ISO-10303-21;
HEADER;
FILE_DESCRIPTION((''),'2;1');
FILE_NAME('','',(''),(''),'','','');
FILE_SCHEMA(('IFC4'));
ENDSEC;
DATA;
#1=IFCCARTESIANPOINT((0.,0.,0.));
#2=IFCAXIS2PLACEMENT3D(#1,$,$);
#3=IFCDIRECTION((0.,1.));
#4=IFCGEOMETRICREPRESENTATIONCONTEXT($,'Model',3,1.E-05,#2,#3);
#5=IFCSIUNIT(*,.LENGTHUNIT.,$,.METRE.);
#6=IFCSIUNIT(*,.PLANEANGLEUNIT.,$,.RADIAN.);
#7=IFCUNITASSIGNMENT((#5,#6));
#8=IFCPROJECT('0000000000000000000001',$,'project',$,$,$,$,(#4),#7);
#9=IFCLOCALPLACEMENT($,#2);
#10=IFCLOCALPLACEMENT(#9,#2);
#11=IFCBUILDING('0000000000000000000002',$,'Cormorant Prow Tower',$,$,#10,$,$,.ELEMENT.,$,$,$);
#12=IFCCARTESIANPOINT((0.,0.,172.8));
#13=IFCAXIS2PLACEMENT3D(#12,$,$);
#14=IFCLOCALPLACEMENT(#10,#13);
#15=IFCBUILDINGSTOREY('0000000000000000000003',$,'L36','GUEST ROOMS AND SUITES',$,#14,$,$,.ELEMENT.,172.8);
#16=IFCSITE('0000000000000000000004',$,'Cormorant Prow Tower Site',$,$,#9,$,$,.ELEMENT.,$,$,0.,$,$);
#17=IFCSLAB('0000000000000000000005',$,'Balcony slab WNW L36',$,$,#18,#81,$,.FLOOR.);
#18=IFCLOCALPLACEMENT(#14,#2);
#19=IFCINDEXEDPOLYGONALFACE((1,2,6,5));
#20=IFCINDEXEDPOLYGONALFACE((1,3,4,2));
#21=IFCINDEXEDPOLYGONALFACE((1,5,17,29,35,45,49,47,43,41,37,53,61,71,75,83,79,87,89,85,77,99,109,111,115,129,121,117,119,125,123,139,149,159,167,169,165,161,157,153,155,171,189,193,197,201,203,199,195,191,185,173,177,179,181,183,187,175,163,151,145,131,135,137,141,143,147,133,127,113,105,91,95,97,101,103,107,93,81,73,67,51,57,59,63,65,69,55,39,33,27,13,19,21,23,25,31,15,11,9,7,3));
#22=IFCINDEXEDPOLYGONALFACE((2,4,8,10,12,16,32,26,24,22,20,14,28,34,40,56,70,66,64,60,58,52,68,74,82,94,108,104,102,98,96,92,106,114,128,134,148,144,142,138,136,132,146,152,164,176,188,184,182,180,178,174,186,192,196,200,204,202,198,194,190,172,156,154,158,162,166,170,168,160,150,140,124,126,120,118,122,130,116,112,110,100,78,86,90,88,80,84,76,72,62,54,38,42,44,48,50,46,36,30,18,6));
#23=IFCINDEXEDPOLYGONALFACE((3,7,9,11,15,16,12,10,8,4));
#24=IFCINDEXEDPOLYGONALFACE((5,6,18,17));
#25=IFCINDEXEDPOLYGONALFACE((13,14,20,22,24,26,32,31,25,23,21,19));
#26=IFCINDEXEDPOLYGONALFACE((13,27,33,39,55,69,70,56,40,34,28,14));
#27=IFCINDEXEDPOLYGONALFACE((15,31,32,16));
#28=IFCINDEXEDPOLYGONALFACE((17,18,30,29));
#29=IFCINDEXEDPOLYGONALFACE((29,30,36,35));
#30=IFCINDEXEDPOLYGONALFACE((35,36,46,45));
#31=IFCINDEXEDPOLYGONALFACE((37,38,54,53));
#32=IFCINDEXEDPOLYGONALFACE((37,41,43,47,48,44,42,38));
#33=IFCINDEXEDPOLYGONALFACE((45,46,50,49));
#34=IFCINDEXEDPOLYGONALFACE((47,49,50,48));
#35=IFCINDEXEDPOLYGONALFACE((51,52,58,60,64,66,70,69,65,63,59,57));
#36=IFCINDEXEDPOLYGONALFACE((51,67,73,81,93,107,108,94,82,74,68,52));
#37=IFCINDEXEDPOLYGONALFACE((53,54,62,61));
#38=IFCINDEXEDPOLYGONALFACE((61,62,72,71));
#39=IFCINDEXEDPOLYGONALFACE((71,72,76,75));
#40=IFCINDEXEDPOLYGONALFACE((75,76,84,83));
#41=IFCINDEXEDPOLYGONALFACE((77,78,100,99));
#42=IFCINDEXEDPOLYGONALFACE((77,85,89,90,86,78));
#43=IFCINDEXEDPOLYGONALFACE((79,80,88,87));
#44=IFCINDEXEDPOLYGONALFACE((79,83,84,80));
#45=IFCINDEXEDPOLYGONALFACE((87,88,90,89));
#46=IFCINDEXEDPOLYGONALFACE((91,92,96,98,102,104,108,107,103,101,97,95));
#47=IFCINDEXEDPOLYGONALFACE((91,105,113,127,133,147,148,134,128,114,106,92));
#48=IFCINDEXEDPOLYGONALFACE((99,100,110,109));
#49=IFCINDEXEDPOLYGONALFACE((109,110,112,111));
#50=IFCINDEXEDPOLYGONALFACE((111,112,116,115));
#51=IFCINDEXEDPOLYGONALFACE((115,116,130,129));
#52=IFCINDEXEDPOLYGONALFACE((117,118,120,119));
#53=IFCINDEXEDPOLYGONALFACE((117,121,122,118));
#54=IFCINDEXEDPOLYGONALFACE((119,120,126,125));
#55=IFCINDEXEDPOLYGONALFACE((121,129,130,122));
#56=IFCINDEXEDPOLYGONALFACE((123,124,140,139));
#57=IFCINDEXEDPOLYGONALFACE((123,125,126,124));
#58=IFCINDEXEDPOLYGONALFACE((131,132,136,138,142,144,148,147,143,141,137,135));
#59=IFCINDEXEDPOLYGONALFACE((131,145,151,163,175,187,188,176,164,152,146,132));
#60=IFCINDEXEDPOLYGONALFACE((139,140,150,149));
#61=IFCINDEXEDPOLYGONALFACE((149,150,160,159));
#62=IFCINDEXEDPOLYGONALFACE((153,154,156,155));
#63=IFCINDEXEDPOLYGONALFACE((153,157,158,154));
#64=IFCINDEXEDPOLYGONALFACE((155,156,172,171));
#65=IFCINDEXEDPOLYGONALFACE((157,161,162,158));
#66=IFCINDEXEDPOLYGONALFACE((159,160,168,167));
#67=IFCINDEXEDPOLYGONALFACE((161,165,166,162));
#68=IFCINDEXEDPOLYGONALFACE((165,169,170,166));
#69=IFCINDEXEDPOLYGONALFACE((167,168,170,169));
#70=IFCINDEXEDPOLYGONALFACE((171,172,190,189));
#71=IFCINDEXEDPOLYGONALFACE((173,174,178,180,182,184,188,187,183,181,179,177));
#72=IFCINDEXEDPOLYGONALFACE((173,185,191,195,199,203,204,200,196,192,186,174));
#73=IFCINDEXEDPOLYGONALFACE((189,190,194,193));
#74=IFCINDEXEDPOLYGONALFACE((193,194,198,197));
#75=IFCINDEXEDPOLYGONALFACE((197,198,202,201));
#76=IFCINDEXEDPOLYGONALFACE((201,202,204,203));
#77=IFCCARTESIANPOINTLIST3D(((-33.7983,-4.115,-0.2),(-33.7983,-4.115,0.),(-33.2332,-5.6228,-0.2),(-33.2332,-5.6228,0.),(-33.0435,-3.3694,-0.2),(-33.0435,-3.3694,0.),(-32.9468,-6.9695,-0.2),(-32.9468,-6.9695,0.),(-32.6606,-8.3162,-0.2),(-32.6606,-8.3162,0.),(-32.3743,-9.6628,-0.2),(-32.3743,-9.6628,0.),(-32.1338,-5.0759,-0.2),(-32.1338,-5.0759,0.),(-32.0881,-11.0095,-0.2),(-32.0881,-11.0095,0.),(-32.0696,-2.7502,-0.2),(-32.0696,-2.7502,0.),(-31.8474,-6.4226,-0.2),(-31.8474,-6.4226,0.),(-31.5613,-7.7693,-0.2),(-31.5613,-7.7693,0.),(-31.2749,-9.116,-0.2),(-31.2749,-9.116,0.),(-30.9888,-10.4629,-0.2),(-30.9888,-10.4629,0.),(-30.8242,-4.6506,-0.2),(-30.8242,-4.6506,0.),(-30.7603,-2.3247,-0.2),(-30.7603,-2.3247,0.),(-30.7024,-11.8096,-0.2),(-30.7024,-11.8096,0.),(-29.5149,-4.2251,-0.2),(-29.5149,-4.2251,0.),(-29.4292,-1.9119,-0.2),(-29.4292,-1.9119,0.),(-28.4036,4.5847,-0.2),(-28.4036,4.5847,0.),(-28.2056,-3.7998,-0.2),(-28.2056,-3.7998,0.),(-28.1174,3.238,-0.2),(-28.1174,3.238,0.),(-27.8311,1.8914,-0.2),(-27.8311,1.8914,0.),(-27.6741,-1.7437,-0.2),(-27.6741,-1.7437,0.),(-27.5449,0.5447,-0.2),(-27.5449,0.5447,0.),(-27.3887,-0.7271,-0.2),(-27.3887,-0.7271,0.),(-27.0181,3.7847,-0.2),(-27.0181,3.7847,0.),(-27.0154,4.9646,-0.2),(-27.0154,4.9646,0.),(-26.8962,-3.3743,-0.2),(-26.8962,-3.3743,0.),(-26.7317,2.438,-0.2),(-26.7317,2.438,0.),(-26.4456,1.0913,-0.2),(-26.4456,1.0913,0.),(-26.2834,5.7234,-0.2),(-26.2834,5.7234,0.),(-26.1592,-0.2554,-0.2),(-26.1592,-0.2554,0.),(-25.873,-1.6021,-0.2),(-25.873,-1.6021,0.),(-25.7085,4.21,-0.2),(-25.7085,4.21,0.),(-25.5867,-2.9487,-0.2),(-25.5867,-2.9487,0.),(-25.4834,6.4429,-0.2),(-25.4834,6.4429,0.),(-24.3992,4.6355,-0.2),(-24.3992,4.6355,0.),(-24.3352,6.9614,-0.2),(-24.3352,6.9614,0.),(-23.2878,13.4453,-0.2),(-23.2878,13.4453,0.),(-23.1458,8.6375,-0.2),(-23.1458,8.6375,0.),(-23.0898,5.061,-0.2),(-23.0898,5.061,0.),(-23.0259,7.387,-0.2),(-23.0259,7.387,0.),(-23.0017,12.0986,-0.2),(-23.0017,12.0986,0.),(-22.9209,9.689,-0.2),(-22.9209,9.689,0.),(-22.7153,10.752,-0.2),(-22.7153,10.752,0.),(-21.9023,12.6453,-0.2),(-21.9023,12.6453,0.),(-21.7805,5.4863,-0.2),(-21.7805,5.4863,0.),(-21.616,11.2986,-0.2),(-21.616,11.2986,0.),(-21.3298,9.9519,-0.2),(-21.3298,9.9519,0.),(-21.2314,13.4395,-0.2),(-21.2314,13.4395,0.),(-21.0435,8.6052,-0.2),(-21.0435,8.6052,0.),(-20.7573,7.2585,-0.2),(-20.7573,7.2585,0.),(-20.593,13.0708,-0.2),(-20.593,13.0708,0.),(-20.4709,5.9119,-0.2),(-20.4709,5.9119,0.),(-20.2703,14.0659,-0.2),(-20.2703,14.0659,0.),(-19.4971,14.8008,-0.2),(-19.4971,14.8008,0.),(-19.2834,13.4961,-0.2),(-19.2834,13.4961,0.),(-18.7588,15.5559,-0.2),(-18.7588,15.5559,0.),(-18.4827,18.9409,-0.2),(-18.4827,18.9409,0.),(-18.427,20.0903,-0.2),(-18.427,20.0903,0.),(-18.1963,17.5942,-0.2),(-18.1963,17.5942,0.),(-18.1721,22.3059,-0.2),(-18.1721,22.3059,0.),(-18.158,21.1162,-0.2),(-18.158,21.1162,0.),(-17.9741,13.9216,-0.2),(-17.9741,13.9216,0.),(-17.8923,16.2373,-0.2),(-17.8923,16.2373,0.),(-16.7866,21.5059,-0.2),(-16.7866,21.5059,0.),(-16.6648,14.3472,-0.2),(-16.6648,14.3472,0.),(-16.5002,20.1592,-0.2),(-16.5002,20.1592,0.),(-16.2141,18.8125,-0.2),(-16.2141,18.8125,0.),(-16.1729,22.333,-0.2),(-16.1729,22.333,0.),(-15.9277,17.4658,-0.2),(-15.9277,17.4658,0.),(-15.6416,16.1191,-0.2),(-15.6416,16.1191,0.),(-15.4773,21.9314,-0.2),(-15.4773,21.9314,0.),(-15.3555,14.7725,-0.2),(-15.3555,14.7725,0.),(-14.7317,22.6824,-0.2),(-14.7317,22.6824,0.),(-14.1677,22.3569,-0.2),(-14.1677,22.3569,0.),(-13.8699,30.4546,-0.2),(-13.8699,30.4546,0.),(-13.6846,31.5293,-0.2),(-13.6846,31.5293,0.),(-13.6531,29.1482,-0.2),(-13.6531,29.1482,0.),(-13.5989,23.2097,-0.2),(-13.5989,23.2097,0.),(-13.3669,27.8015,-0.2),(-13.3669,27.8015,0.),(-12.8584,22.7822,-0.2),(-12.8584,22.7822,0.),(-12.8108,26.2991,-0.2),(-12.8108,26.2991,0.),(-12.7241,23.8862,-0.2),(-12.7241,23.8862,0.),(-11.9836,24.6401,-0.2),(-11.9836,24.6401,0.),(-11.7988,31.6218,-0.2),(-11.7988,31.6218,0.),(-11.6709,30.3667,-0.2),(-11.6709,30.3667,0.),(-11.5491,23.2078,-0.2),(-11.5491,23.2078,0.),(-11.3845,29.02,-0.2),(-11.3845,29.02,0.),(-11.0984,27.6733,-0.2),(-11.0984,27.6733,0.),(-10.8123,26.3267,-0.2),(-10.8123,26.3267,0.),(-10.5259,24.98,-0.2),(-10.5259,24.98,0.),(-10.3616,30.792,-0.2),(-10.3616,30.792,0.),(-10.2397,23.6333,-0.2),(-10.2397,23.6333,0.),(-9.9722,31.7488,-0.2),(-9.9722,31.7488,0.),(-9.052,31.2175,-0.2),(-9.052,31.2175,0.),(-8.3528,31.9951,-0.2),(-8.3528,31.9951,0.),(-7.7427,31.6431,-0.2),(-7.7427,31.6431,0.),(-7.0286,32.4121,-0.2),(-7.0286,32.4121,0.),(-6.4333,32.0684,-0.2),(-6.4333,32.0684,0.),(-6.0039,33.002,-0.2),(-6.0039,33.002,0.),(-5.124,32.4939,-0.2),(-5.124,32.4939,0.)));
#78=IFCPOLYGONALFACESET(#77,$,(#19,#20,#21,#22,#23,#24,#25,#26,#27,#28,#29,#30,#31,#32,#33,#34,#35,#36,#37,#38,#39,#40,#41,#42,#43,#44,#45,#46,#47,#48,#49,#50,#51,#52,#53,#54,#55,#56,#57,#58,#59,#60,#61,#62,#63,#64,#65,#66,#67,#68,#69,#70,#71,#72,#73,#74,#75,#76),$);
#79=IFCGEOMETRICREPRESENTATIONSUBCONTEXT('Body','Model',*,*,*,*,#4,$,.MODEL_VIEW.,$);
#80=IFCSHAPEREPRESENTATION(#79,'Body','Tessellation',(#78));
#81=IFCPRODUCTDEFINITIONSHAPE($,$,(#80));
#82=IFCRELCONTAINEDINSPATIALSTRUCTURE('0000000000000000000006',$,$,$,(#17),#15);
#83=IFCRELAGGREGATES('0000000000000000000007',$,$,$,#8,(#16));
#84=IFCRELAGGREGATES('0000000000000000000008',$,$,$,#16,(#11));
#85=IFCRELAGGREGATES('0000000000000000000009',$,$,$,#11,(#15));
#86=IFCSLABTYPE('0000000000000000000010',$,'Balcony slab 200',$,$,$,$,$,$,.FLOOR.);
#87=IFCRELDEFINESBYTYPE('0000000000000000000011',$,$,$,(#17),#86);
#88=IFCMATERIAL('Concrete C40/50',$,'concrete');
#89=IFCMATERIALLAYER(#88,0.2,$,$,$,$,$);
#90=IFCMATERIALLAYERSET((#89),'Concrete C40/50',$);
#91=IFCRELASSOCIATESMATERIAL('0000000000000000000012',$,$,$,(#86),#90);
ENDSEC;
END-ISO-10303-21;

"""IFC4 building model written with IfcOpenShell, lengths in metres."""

from ifc_helpers import new_model, si_unit, direction, frame, origin, place, context, subcontext, project, spatial, polyline, outline, extrude, material, layer, layer_set, type_object, element, save


model = new_model("IFC4")

# Units and contexts
model_context = context("Model", 3, precision=1e-05, world=origin(), true_north=direction((0.0, 1.0)))
body_context = subcontext(model_context, "Body", "Model", "MODEL_VIEW")
ifc_project = project(units=[si_unit("LENGTHUNIT", "METRE"), si_unit("PLANEANGLEUNIT", "RADIAN")], contexts=[model_context])

# Site, building, storey
site_placement = place(None, origin())
site = spatial("IfcSite", under=ifc_project, at=site_placement, Name="Cormorant Prow Tower Site", CompositionType="ELEMENT", RefElevation=0.0)
building_placement = place(site_placement, origin())
building = spatial("IfcBuilding", under=site, at=building_placement, Name="Cormorant Prow Tower", CompositionType="ELEMENT")
storey_placement = place(building_placement, frame((0.0, 0.0, 172.8)))
storey = spatial("IfcBuildingStorey", under=building, at=storey_placement, Name="L36", Description="GUEST ROOMS AND SUITES", CompositionType="ELEMENT", Elevation=172.8)

# Slab
ifc_material_1 = material(Name="Concrete C40/50", Category="concrete")
ifc_layer_1 = layer(ifc_material_1, 0.2)
ifc_layer_set_1 = layer_set([ifc_layer_1], Name="Concrete C40/50")
slab_type_1 = type_object("IfcSlabType", Name="Balcony slab 200", PredefinedType="FLOOR", material=ifc_layer_set_1)
slab_1_placement = place(storey_placement, frame((0.0, 0.0, -0.2)))
element("IfcSlab", 1, at=slab_1_placement, inside=storey, type_object=slab_type_1, Name="Balcony slab WNW L36", PredefinedType="FLOOR", context=body_context, shape_type="SweptSolid", body=[
    extrude(outline(polyline([(-5.124, 32.4939), (-6.0039, 33.002), (-7.0286, 32.4121), (-8.3528, 31.9951), (-9.9722, 31.7488), (-11.7988, 31.6218), (-13.6846, 31.5293), (-13.8699, 30.4546), (-13.6531, 29.1482), (-13.3669, 27.8015), (-12.8108, 26.2991), (-11.9836, 24.6401), (-12.7241, 23.8862), (-13.5989, 23.2097), (-14.7317, 22.6824), (-16.1729, 22.333), (-18.1721, 22.3059), (-18.158, 21.1162), (-18.427, 20.0903), (-18.4827, 18.9409), (-18.1963, 17.5942), (-17.8923, 16.2373), (-18.7588, 15.5559), (-19.4971, 14.8008), (-20.2703, 14.0659), (-21.2314, 13.4395), (-23.2878, 13.4453), (-23.0017, 12.0986), (-22.7153, 10.752), (-22.9209, 9.689), (-23.1458, 8.6375), (-23.0259, 7.387), (-24.3352, 6.9614), (-25.4834, 6.4429), (-26.2834, 5.7234), (-27.0154, 4.9646), (-28.4036, 4.5847), (-28.1174, 3.238), (-27.8311, 1.8914), (-27.5449, 0.5447), (-27.3887, -0.7271), (-27.6741, -1.7437), (-29.4292, -1.9119), (-30.7603, -2.3247), (-32.0696, -2.7502), (-33.0435, -3.3694), (-33.7983, -4.115), (-33.2332, -5.6228), (-32.9468, -6.9695), (-32.6606, -8.3162), (-32.3743, -9.6628), (-32.0881, -11.0095), (-30.7024, -11.8096), (-30.9888, -10.4629), (-31.2749, -9.116), (-31.5613, -7.7693), (-31.8474, -6.4226), (-32.1338, -5.0759), (-30.8242, -4.6506), (-29.5149, -4.2251), (-28.2056, -3.7998), (-26.8962, -3.3743), (-25.5867, -2.9487), (-25.873, -1.6021), (-26.1592, -0.2554), (-26.4456, 1.0913), (-26.7317, 2.438), (-27.0181, 3.7847), (-25.7085, 4.21), (-24.3992, 4.6355), (-23.0898, 5.061), (-21.7805, 5.4863), (-20.4709, 5.9119), (-20.7573, 7.2585), (-21.0435, 8.6052), (-21.3298, 9.9519), (-21.616, 11.2986), (-21.9023, 12.6453), (-20.593, 13.0708), (-19.2834, 13.4961), (-17.9741, 13.9216), (-16.6648, 14.3472), (-15.3555, 14.7725), (-15.6416, 16.1191), (-15.9277, 17.4658), (-16.2141, 18.8125), (-16.5002, 20.1592), (-16.7866, 21.5059), (-15.4773, 21.9314), (-14.1677, 22.3569), (-12.8584, 22.7822), (-11.5491, 23.2078), (-10.2397, 23.6333), (-10.5259, 24.98), (-10.8123, 26.3267), (-11.0984, 27.6733), (-11.3845, 29.02), (-11.6709, 30.3667), (-10.3616, 30.792), (-9.052, 31.2175), (-7.7427, 31.6431), (-6.4333, 32.0684), (-5.124, 32.4939)])), origin(), (0.0, 0.0, 1.0), 0.2),
])

save(model, "model.ifc")
